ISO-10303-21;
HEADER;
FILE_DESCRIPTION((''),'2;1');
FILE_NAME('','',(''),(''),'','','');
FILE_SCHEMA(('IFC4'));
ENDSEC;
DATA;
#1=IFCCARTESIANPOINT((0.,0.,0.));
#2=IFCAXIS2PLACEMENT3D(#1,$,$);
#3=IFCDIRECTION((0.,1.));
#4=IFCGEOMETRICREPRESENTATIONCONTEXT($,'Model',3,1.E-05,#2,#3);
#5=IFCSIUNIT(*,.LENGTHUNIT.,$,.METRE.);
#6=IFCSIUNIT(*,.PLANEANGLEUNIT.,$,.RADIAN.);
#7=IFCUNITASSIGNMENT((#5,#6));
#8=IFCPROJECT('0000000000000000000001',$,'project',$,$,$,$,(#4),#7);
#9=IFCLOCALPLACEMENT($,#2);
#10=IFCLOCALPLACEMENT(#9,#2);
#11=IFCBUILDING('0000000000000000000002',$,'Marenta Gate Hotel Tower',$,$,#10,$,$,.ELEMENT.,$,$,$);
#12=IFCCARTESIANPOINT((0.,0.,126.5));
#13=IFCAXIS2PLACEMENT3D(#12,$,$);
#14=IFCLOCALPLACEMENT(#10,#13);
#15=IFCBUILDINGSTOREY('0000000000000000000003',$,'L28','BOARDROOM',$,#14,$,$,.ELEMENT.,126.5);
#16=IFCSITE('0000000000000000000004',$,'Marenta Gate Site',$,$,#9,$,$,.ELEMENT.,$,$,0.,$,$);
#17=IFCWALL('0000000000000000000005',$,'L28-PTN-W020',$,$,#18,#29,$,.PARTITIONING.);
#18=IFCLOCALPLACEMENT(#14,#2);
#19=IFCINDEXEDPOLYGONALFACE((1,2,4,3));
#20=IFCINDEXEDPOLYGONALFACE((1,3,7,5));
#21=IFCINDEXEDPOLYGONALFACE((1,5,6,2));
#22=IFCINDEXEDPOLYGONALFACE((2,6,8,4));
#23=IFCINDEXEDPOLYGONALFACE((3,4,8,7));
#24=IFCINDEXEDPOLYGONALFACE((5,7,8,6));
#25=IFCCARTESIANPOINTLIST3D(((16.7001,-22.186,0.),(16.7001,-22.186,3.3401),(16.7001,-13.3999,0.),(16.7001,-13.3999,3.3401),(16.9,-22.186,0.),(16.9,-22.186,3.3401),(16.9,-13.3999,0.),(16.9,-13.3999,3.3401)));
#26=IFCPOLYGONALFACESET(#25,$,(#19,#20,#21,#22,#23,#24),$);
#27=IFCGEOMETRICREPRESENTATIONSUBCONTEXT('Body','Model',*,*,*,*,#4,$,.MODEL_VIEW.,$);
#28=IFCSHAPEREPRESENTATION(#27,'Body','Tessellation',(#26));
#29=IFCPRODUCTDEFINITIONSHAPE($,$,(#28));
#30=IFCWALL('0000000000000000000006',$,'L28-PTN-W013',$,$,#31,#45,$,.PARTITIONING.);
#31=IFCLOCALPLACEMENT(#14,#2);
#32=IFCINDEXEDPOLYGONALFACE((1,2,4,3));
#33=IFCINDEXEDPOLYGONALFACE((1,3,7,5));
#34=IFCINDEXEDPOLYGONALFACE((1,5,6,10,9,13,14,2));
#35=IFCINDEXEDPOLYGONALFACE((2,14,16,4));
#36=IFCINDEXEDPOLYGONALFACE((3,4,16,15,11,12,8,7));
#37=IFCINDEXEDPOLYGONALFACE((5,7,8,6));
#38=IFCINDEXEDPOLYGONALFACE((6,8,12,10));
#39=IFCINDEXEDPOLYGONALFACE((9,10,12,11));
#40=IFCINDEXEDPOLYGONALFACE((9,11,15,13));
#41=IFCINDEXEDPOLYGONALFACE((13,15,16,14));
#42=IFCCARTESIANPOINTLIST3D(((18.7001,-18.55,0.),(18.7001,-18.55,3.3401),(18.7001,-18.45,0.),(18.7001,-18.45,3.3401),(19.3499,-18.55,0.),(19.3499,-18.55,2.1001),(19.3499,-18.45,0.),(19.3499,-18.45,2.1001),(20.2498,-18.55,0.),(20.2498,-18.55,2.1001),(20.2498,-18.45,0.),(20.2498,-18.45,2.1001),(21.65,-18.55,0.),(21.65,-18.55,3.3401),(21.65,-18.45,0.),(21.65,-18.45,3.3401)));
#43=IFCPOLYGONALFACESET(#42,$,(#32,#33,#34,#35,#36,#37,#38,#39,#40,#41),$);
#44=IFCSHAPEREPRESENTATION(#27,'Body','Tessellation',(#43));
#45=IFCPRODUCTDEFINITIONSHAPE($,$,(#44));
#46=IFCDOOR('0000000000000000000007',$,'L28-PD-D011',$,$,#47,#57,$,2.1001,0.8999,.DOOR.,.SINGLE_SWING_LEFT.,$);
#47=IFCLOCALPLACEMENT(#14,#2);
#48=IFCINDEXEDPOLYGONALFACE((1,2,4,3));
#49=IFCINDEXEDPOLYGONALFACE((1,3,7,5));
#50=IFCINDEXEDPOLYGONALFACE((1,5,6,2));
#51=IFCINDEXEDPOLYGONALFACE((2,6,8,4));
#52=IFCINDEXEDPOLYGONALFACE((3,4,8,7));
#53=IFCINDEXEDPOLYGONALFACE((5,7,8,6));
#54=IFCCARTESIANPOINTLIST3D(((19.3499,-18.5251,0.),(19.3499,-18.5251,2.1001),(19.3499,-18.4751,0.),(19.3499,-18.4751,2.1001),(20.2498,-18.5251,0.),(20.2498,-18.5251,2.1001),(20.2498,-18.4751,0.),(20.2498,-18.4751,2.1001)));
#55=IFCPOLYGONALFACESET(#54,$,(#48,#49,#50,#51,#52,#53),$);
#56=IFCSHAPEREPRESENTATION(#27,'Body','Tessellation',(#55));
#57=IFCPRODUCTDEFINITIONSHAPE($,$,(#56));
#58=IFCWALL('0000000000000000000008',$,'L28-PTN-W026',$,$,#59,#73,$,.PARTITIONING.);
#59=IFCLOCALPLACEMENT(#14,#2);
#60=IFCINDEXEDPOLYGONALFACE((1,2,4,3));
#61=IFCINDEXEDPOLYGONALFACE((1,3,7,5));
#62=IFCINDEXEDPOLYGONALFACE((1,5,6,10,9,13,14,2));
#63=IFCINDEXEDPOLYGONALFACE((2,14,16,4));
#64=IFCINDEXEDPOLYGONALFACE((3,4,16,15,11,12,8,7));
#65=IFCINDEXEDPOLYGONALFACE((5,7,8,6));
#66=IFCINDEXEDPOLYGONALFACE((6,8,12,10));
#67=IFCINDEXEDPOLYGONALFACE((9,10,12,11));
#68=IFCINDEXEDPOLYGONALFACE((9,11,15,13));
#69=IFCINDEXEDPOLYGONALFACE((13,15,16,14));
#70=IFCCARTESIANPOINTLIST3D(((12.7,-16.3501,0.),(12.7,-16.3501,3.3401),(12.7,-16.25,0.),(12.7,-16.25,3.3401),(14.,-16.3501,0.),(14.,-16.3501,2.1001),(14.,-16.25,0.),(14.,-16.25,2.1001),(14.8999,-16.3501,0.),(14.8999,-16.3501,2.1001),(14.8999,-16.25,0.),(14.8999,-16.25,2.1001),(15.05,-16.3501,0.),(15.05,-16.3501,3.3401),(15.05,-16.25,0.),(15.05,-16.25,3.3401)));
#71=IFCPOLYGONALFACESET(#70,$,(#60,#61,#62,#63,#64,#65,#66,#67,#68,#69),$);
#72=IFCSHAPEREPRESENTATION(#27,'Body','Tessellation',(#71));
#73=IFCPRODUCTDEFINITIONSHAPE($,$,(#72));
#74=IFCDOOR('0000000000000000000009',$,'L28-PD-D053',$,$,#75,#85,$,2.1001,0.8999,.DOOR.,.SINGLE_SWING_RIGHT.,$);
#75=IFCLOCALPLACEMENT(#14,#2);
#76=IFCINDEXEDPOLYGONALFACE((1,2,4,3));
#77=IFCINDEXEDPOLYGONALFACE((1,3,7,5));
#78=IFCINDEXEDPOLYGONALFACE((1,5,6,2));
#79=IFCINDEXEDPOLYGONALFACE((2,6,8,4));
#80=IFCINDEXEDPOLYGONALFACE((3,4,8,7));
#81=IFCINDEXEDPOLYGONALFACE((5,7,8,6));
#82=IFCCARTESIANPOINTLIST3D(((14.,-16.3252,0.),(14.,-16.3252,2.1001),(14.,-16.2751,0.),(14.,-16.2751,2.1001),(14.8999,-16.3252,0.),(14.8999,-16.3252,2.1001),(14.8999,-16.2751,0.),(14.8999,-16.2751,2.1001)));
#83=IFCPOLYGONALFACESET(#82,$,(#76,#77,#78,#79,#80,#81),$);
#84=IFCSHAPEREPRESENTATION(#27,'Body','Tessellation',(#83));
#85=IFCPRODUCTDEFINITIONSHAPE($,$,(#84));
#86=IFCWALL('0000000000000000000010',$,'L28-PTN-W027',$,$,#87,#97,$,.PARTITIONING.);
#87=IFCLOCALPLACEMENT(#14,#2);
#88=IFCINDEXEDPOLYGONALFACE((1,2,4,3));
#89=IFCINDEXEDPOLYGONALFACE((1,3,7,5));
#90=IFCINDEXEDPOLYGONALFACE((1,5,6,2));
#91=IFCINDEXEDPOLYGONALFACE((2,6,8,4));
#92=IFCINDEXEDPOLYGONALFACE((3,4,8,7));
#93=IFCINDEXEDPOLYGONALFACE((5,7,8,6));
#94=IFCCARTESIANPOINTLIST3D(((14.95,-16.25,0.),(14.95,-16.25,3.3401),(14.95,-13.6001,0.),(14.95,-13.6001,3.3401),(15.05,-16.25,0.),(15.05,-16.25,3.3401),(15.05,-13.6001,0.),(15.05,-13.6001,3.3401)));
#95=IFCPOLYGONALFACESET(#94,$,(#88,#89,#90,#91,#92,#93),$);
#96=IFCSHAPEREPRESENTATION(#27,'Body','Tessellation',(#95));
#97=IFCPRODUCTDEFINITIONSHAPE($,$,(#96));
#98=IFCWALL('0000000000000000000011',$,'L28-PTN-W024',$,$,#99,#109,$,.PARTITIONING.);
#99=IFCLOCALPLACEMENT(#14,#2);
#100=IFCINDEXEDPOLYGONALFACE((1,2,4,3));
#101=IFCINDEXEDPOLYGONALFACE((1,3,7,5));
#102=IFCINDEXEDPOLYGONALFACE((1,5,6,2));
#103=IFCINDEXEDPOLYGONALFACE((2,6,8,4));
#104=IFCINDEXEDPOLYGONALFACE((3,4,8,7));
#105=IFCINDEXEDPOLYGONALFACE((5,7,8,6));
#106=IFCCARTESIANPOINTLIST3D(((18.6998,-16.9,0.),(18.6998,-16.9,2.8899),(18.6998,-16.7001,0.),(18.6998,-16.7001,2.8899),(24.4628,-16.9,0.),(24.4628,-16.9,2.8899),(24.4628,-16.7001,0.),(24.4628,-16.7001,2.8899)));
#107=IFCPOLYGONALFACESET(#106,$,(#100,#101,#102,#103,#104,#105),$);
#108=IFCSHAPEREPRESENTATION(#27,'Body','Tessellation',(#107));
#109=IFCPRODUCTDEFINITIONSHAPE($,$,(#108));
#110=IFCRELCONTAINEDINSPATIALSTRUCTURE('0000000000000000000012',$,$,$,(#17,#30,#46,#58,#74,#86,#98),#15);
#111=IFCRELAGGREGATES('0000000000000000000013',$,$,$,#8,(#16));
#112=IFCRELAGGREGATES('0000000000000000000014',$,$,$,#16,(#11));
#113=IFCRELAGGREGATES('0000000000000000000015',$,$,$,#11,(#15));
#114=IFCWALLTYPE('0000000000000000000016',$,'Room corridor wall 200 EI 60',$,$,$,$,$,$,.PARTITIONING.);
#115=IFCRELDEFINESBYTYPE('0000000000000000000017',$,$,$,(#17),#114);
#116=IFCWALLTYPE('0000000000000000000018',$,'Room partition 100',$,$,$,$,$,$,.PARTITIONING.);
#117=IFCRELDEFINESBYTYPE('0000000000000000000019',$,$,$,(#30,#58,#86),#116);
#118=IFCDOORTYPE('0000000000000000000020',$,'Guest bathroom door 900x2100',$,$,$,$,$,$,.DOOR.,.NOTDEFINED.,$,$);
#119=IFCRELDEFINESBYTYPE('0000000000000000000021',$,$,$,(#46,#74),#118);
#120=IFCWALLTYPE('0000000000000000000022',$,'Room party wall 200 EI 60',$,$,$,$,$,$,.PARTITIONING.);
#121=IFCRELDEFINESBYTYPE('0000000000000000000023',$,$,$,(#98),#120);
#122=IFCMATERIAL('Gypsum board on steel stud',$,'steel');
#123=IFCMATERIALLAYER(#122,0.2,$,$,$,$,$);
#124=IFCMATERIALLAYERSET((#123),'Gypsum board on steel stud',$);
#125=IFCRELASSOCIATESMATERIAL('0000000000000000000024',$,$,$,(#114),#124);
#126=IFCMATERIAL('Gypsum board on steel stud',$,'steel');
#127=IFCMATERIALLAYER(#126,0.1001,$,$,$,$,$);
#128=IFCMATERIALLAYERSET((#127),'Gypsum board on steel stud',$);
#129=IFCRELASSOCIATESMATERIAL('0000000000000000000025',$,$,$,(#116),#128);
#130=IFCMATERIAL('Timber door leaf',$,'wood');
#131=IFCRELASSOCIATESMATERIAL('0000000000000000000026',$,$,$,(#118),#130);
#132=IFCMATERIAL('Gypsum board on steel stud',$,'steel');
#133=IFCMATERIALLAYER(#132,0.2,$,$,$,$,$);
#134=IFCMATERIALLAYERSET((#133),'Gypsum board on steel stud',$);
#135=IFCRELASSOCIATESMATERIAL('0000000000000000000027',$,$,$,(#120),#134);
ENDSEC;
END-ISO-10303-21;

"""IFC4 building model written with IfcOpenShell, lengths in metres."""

from ifc_helpers import new_model, si_unit, direction, frame, frame_2d, origin, place, context, subcontext, project, spatial, rectangle, extrude, material, layer, layer_set, type_object, element, fill, save


model = new_model("IFC4")

# Units and contexts
model_context = context("Model", 3, precision=1e-05, world=origin(), true_north=direction((0.0, 1.0)))
body_context = subcontext(model_context, "Body", "Model", "MODEL_VIEW")
ifc_project = project(units=[si_unit("LENGTHUNIT", "METRE"), si_unit("PLANEANGLEUNIT", "RADIAN")], contexts=[model_context])

# Site, building, storey
site_placement = place(None, origin())
site = spatial("IfcSite", under=ifc_project, at=site_placement, Name="Marenta Gate Site", CompositionType="ELEMENT", RefElevation=0.0)
building_placement = place(site_placement, origin())
building = spatial("IfcBuilding", under=site, at=building_placement, Name="Marenta Gate Hotel Tower", CompositionType="ELEMENT")
storey_placement = place(building_placement, frame((0.0, 0.0, 126.5)))
storey = spatial("IfcBuildingStorey", under=building, at=storey_placement, Name="L28", Description="BOARDROOM", CompositionType="ELEMENT", Elevation=126.5)

# Shared definitions
ifc_material_1 = material(Name="Gypsum board on steel stud", Category="steel")
ifc_layer_1 = layer(ifc_material_1, 0.2)
ifc_layer_set_1 = layer_set([ifc_layer_1], Name="Gypsum board on steel stud")
wall_type_1 = type_object("IfcWallType", Name="Room corridor wall 200 EI 60", PredefinedType="PARTITIONING", material=ifc_layer_set_1)

# Wall
wall_1_placement = place(storey_placement, frame((16.8, -22.186, 0.0), z_axis=(0.0, 0.0, 1.0), x_axis=(0.0, 1.0, 0.0)))
element("IfcWall", 1, at=wall_1_placement, inside=storey, type_object=wall_type_1, Name="L28-PTN-W020", PredefinedType="PARTITIONING", context=body_context, shape_type="SweptSolid", body=[
    extrude(rectangle(XDim=8.7861, YDim=0.2, at=frame_2d((4.3931, 0.0))), origin(), (0.0, 0.0, 1.0), 3.3401),
])

# Walls, openings, doors
ifc_material_2 = material(Name="Gypsum board on steel stud", Category="steel")
ifc_layer_2 = layer(ifc_material_2, 0.1001)
ifc_layer_set_2 = layer_set([ifc_layer_2], Name="Gypsum board on steel stud")
wall_type_2 = type_object("IfcWallType", Name="Room partition 100", PredefinedType="PARTITIONING", material=ifc_layer_set_2)
wall_2_placement = place(storey_placement, frame((18.7, -18.5, 0.0), z_axis=(0.0, 0.0, 1.0), x_axis=(1.0, 0.0, 0.0)))
wall_2 = element("IfcWall", 2, at=wall_2_placement, inside=storey, type_object=wall_type_2, Name="L28-PTN-W013", PredefinedType="PARTITIONING", context=body_context, shape_type="SweptSolid", body=[
    extrude(rectangle(XDim=2.95, YDim=0.1001, at=frame_2d((1.4751, 0.0))), origin(), (0.0, 0.0, 1.0), 3.3401),
])
opening_1_placement = place(wall_2_placement, frame((0.6499, 0.0, 0.0)))
opening_1 = element("IfcOpeningElement", 3, at=opening_1_placement, cuts=wall_2, PredefinedType="OPENING", context=body_context, shape_type="SweptSolid", body=[
    extrude(rectangle(XDim=0.8999, YDim=2.1001, at=frame_2d((0.45, 1.05))), frame((0.0, 0.05, 0.0), z_axis=(0.0, -1.0, 0.0), x_axis=(1.0, 0.0, 0.0)), (0.0, 0.0, 1.0), 0.1001),
])
ifc_material_3 = material(Name="Timber door leaf", Category="wood")
door_type_1 = type_object("IfcDoorType", Name="Guest bathroom door 900x2100", OperationType="NOTDEFINED", PredefinedType="DOOR", material=ifc_material_3)
door_1_placement = place(opening_1_placement, origin())
door_1 = element("IfcDoor", 4, at=door_1_placement, inside=storey, type_object=door_type_1, Name="L28-PD-D011", OperationType="SINGLE_SWING_LEFT", OverallHeight=2.1001, OverallWidth=0.8999, PredefinedType="DOOR", context=body_context, shape_type="SweptSolid", body=[
    extrude(rectangle(XDim=0.8999, YDim=2.1001, at=frame_2d((0.45, 1.05))), frame((0.0, 0.0249, 0.0), z_axis=(0.0, -1.0, 0.0), x_axis=(1.0, 0.0, 0.0)), (0.0, 0.0, 1.0), 0.05),
])
fill(opening_1, door_1)
wall_3_placement = place(storey_placement, frame((12.7, -16.3, 0.0), z_axis=(0.0, 0.0, 1.0), x_axis=(1.0, 0.0, 0.0)))
wall_3 = element("IfcWall", 5, at=wall_3_placement, inside=storey, type_object=wall_type_2, Name="L28-PTN-W026", PredefinedType="PARTITIONING", context=body_context, shape_type="SweptSolid", body=[
    extrude(rectangle(XDim=2.3501, YDim=0.1001, at=frame_2d((1.175, 0.0))), origin(), (0.0, 0.0, 1.0), 3.3401),
])
opening_2_placement = place(wall_3_placement, frame((1.3, 0.0, 0.0)))
opening_2 = element("IfcOpeningElement", 6, at=opening_2_placement, cuts=wall_3, PredefinedType="OPENING", context=body_context, shape_type="SweptSolid", body=[
    extrude(rectangle(XDim=0.8999, YDim=2.1001, at=frame_2d((0.45, 1.05))), frame((0.0, 0.05, 0.0), z_axis=(0.0, -1.0, 0.0), x_axis=(1.0, 0.0, 0.0)), (0.0, 0.0, 1.0), 0.1001),
])
door_2_placement = place(opening_2_placement, origin())
door_2 = element("IfcDoor", 7, at=door_2_placement, inside=storey, type_object=door_type_1, Name="L28-PD-D053", OperationType="SINGLE_SWING_RIGHT", OverallHeight=2.1001, OverallWidth=0.8999, PredefinedType="DOOR", context=body_context, shape_type="SweptSolid", body=[
    extrude(rectangle(XDim=0.8999, YDim=2.1001, at=frame_2d((0.45, 1.05))), frame((0.0, 0.0249, 0.0), z_axis=(0.0, -1.0, 0.0), x_axis=(1.0, 0.0, 0.0)), (0.0, 0.0, 1.0), 0.05),
])
fill(opening_2, door_2)

# Walls
wall_4_placement = place(storey_placement, frame((15.0, -16.25, 0.0), z_axis=(0.0, 0.0, 1.0), x_axis=(0.0, 1.0, 0.0)))
element("IfcWall", 8, at=wall_4_placement, inside=storey, type_object=wall_type_2, Name="L28-PTN-W027", PredefinedType="PARTITIONING", context=body_context, shape_type="SweptSolid", body=[
    extrude(rectangle(XDim=2.6499, YDim=0.1001, at=frame_2d((1.325, 0.0))), origin(), (0.0, 0.0, 1.0), 3.3401),
])
ifc_material_4 = material(Name="Gypsum board on steel stud", Category="steel")
ifc_layer_3 = layer(ifc_material_4, 0.2)
ifc_layer_set_3 = layer_set([ifc_layer_3], Name="Gypsum board on steel stud")
wall_type_3 = type_object("IfcWallType", Name="Room party wall 200 EI 60", PredefinedType="PARTITIONING", material=ifc_layer_set_3)
wall_5_placement = place(storey_placement, frame((18.7, -16.8, 0.0), z_axis=(0.0, 0.0, 1.0), x_axis=(1.0, 0.0, 0.0)))
element("IfcWall", 9, at=wall_5_placement, inside=storey, type_object=wall_type_3, Name="L28-PTN-W024", PredefinedType="PARTITIONING", context=body_context, shape_type="SweptSolid", body=[
    extrude(rectangle(XDim=5.7629, YDim=0.2, at=frame_2d((2.8813, 0.0))), origin(), (0.0, 0.0, 1.0), 2.8899),
])

save(model, "model.ifc")
